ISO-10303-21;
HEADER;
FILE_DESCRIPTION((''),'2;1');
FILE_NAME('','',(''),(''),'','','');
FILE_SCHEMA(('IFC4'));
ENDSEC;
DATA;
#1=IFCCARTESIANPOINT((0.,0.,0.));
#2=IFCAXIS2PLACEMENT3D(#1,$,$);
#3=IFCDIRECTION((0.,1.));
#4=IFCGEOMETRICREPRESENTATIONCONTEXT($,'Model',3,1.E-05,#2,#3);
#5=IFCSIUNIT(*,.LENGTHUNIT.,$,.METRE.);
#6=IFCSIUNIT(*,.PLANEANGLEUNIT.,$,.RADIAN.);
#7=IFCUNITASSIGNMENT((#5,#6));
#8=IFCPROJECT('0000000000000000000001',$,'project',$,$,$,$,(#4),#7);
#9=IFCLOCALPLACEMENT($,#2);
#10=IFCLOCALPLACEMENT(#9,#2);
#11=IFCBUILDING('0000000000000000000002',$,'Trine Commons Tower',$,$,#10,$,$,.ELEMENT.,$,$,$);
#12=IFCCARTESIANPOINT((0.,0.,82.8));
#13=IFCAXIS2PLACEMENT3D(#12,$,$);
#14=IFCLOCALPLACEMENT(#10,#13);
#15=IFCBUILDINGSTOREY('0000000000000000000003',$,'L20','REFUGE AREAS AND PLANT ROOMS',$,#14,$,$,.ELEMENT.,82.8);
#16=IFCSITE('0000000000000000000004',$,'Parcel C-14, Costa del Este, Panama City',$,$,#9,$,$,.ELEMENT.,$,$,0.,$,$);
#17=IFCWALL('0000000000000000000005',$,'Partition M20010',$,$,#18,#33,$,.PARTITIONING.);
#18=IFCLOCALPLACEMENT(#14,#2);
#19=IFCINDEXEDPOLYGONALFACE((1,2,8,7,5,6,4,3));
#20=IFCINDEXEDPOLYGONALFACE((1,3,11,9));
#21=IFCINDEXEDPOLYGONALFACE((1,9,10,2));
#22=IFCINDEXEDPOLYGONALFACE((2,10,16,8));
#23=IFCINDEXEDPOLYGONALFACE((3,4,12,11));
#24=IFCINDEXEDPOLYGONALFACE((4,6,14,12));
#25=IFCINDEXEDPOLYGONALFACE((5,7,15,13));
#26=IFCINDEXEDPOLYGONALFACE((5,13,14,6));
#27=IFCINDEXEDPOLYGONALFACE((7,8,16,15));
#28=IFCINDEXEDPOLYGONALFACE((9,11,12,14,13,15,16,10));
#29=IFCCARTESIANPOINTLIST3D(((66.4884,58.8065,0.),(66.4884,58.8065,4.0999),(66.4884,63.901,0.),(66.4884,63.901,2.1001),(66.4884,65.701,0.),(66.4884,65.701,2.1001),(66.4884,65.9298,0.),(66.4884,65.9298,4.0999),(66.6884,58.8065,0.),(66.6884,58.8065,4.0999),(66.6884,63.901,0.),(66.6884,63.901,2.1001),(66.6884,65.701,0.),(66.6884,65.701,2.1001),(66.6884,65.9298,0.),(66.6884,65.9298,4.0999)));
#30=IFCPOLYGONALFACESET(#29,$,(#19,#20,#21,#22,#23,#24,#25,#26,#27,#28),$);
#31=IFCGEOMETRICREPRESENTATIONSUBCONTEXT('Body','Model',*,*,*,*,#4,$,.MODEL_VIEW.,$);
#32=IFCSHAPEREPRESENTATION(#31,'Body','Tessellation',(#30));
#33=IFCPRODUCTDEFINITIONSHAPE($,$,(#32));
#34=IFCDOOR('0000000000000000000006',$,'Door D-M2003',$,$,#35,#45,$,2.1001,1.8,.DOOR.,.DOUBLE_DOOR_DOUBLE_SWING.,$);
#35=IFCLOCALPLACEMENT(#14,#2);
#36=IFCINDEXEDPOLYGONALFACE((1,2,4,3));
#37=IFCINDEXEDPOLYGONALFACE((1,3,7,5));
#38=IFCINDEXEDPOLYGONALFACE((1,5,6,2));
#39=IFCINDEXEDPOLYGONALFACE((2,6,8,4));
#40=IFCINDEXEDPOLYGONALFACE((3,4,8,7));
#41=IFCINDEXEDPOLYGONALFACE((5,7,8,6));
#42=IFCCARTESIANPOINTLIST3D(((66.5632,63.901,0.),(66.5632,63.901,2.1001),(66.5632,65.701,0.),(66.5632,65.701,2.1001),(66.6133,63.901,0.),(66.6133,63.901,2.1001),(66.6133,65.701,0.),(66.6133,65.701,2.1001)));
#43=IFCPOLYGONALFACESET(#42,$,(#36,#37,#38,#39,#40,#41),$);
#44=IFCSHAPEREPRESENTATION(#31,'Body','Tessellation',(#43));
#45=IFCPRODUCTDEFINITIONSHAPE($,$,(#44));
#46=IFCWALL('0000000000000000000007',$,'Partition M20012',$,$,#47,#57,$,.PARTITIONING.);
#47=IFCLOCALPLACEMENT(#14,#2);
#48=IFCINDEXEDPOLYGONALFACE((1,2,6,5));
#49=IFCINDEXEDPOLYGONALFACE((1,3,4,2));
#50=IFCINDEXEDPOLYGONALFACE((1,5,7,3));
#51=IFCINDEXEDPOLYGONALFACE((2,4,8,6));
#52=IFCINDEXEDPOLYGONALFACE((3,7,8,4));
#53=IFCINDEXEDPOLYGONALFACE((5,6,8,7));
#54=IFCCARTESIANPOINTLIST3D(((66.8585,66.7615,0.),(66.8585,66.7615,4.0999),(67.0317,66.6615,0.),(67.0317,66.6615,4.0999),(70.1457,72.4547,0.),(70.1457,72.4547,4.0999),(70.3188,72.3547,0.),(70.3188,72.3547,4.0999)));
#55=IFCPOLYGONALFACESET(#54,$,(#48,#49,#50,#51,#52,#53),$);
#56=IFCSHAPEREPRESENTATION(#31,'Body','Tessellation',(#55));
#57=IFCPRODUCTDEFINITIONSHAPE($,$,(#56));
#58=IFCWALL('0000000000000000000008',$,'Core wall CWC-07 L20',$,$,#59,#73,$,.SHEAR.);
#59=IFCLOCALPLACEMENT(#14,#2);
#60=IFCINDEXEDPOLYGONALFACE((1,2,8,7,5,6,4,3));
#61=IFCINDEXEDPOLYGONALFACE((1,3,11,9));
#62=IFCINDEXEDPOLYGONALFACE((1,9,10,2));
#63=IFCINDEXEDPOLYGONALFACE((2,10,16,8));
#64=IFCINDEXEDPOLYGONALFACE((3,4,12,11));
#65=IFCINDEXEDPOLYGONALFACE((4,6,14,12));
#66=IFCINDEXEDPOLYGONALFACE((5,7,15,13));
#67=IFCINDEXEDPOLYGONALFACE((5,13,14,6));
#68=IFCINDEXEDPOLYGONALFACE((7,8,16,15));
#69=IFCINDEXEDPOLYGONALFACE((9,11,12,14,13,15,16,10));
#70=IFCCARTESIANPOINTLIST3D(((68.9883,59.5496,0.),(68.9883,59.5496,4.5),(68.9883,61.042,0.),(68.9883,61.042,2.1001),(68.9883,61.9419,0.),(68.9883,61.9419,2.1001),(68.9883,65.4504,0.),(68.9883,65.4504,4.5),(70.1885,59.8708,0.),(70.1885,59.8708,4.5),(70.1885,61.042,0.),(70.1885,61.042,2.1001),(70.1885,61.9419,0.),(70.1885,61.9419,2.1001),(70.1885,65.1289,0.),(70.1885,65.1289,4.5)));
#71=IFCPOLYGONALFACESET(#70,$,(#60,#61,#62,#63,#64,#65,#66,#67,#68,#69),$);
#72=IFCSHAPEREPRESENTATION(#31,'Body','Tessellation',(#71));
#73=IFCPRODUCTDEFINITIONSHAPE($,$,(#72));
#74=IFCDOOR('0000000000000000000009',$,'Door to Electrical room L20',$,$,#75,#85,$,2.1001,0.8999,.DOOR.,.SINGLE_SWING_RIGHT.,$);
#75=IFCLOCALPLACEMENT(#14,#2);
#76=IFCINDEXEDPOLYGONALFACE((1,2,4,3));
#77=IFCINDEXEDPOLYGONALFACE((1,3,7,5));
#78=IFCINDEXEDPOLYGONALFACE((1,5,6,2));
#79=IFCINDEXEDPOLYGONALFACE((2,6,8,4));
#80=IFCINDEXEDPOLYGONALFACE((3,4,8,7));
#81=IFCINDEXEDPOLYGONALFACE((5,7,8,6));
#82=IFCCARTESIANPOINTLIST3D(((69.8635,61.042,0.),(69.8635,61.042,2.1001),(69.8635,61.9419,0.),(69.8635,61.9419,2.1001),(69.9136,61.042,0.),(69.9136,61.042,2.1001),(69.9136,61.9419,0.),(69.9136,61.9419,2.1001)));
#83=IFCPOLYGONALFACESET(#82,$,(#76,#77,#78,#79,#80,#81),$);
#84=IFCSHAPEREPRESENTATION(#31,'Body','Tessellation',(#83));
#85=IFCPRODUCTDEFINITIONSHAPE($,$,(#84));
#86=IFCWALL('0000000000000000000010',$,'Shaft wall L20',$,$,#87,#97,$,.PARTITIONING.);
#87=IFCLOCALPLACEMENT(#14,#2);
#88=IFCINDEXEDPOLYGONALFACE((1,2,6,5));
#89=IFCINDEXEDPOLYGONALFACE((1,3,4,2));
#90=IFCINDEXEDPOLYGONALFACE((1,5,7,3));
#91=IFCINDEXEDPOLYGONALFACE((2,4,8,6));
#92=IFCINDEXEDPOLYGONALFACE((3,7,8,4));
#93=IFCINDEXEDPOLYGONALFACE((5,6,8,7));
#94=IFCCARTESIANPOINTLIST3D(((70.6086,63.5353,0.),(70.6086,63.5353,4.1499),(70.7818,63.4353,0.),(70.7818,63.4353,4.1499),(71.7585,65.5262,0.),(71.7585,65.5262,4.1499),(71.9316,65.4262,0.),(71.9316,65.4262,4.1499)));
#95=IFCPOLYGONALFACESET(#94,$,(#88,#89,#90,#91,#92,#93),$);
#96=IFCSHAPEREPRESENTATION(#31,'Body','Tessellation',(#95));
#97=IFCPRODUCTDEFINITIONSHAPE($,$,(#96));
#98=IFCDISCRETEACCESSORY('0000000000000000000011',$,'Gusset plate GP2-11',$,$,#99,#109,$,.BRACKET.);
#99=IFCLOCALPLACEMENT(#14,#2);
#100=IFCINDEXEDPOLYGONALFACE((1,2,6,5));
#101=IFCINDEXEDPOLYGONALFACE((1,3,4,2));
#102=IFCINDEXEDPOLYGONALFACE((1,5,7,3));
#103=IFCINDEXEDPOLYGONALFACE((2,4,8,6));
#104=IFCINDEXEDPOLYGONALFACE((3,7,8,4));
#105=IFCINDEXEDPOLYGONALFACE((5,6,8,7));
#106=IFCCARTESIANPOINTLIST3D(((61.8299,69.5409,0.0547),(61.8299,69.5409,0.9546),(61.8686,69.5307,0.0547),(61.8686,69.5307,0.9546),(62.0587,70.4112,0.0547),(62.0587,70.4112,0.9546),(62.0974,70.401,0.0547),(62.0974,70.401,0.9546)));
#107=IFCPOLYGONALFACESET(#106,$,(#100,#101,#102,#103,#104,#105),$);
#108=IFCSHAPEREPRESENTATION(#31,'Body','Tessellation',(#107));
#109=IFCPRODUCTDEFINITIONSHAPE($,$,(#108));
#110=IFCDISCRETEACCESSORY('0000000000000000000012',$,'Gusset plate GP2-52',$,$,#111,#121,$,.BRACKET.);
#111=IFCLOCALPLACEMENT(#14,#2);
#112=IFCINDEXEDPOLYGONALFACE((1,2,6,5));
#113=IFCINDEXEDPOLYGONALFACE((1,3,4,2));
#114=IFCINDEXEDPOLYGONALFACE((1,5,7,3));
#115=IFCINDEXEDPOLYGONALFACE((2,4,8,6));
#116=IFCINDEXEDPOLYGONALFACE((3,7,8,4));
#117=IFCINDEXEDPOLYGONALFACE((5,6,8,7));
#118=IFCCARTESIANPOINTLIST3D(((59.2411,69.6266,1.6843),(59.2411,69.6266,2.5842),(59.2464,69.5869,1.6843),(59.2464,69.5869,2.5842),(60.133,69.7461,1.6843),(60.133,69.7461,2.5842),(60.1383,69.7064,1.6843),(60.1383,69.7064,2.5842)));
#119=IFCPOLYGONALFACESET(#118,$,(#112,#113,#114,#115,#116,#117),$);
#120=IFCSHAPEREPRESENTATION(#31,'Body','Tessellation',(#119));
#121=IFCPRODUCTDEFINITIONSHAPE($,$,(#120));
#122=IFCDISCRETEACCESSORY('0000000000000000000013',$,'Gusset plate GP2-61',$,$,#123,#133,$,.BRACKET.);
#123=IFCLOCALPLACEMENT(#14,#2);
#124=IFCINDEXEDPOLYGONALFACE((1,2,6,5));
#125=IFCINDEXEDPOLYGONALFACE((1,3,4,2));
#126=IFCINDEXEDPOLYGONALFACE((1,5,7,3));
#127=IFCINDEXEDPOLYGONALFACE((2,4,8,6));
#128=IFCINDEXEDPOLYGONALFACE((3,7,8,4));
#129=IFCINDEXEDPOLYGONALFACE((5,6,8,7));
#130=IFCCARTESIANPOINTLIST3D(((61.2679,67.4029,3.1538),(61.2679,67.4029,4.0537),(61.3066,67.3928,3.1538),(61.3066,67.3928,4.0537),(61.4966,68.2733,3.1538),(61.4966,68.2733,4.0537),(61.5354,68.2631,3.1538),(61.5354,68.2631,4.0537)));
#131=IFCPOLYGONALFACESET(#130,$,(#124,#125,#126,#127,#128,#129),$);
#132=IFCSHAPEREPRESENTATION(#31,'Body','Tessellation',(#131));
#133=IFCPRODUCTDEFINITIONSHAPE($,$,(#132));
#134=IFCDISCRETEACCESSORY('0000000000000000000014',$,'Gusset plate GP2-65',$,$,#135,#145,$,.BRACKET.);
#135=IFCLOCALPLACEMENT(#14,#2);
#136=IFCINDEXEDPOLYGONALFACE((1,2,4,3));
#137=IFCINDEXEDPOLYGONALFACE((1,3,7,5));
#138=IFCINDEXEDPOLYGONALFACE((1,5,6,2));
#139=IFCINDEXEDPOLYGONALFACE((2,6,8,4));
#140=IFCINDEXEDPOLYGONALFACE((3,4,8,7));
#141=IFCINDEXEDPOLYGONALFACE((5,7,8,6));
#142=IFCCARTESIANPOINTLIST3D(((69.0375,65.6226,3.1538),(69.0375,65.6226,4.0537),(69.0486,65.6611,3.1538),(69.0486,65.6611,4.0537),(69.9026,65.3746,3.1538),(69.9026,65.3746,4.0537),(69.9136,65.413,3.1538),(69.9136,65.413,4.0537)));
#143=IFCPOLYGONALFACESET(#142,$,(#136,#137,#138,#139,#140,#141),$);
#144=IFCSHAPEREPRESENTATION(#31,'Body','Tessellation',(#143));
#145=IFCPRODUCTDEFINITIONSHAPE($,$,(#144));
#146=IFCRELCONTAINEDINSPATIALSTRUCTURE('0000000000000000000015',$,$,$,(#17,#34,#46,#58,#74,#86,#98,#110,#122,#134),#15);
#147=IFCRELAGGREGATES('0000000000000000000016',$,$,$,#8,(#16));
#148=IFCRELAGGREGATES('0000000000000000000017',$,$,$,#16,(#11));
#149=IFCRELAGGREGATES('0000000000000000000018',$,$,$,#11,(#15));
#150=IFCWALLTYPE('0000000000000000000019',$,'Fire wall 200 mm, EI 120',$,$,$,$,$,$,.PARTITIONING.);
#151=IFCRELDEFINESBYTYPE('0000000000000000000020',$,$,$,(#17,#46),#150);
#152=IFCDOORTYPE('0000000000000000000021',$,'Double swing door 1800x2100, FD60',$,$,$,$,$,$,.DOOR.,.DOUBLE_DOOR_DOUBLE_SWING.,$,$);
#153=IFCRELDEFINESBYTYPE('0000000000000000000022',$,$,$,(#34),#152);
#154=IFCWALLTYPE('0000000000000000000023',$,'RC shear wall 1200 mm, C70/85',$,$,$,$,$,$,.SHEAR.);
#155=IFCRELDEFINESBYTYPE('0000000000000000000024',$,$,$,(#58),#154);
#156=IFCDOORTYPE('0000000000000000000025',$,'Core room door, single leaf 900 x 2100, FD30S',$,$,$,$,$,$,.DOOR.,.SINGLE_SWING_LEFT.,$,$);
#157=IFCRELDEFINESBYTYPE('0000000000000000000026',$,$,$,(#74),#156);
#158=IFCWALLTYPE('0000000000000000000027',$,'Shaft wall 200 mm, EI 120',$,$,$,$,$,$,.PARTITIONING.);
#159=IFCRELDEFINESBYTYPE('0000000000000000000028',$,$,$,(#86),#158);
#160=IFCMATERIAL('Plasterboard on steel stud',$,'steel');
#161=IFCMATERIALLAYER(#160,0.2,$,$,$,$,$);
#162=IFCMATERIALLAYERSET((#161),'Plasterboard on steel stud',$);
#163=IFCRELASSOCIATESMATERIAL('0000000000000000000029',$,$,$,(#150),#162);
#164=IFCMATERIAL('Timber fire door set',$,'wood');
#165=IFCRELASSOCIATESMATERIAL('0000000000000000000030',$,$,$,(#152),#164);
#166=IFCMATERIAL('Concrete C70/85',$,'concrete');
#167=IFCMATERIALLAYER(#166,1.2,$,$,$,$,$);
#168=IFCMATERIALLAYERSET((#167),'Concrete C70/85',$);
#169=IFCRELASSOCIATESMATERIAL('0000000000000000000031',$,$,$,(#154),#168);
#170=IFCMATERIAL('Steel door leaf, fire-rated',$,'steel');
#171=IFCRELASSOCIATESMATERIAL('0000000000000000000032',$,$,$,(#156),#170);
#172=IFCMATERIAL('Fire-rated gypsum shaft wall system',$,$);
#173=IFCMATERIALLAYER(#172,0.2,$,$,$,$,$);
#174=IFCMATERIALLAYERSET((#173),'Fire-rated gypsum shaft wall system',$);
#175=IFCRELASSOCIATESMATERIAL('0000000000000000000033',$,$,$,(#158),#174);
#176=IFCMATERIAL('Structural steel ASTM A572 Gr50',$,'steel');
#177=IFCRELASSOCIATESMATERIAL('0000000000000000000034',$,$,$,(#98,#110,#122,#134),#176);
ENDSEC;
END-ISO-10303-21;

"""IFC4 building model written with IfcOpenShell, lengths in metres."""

from ifc_helpers import new_model, si_unit, direction, frame, frame_2d, origin, origin_2d, place, context, subcontext, project, spatial, polyline, rectangle, outline, extrude, material, layer, layer_set, type_object, element, fill, save


model = new_model("IFC4")

# Units and contexts
model_context = context("Model", 3, precision=1e-05, world=origin(), true_north=direction((0.0, 1.0)))
body_context = subcontext(model_context, "Body", "Model", "MODEL_VIEW")
ifc_project = project(units=[si_unit("LENGTHUNIT", "METRE"), si_unit("PLANEANGLEUNIT", "RADIAN")], contexts=[model_context])

# Site, building, storey
site_placement = place(None, origin())
site = spatial("IfcSite", under=ifc_project, at=site_placement, Name="Parcel C-14, Costa del Este, Panama City", CompositionType="ELEMENT", RefElevation=0.0)
building_placement = place(site_placement, origin())
building = spatial("IfcBuilding", under=site, at=building_placement, Name="Trine Commons Tower", CompositionType="ELEMENT")
storey_placement = place(building_placement, frame((0.0, 0.0, 82.8)))
storey = spatial("IfcBuildingStorey", under=building, at=storey_placement, Name="L20", Description="REFUGE AREAS AND PLANT ROOMS", CompositionType="ELEMENT", Elevation=82.8)

# Shared definitions
ifc_material_1 = material(Name="Plasterboard on steel stud", Category="steel")
ifc_layer_1 = layer(ifc_material_1, 0.2)
ifc_layer_set_1 = layer_set([ifc_layer_1], Name="Plasterboard on steel stud")
wall_type_1 = type_object("IfcWallType", Name="Fire wall 200 mm, EI 120", PredefinedType="PARTITIONING", material=ifc_layer_set_1)

# Wall, opening, door
wall_1_placement = place(storey_placement, frame((66.5884, 65.9297, 0.0), z_axis=(0.0, 0.0, 1.0), x_axis=(0.0, -1.0, 0.0)))
wall_1 = element("IfcWall", 1, at=wall_1_placement, inside=storey, type_object=wall_type_1, Name="Partition M20010", PredefinedType="PARTITIONING", context=body_context, shape_type="SweptSolid", body=[
    extrude(rectangle(XDim=7.1233, YDim=0.2, at=frame_2d((3.5615, 0.0))), origin(), (0.0, 0.0, 1.0), 4.0999),
])
opening_1_placement = place(wall_1_placement, frame((0.2288, 0.0, 0.0)))
opening_1 = element("IfcOpeningElement", 2, at=opening_1_placement, cuts=wall_1, PredefinedType="OPENING", context=body_context, shape_type="SweptSolid", body=[
    extrude(rectangle(XDim=1.8, YDim=2.1001, at=frame_2d((0.8999, 1.05))), frame((0.0, 0.1099, 0.0), z_axis=(0.0, -1.0, 0.0), x_axis=(1.0, 0.0, 0.0)), (0.0, 0.0, 1.0), 0.22),
])
ifc_material_2 = material(Name="Timber fire door set", Category="wood")
door_type_1 = type_object("IfcDoorType", Name="Double swing door 1800x2100, FD60", OperationType="DOUBLE_DOOR_DOUBLE_SWING", PredefinedType="DOOR", material=ifc_material_2)
door_1_placement = place(opening_1_placement, origin())
door_1 = element("IfcDoor", 3, at=door_1_placement, inside=storey, type_object=door_type_1, Name="Door D-M2003", OperationType="DOUBLE_DOOR_DOUBLE_SWING", OverallHeight=2.1001, OverallWidth=1.8, PredefinedType="DOOR", context=body_context, shape_type="SweptSolid", body=[
    extrude(rectangle(XDim=1.8, YDim=2.1001, at=frame_2d((0.8999, 1.05))), frame((0.0, 0.0249, 0.0), z_axis=(0.0, -1.0, 0.0), x_axis=(1.0, 0.0, 0.0)), (0.0, 0.0, 1.0), 0.05),
])
fill(opening_1, door_1)

# Wall
wall_2_placement = place(storey_placement, frame((66.9451, 66.7114, 0.0), z_axis=(0.0, 0.0, 1.0), x_axis=(0.500021, 0.866013, 0.0)))
element("IfcWall", 4, at=wall_2_placement, inside=storey, type_object=wall_type_1, Name="Partition M20012", PredefinedType="PARTITIONING", context=body_context, shape_type="SweptSolid", body=[
    extrude(rectangle(XDim=6.574, YDim=0.2, at=frame_2d((3.2871, 0.0))), origin(), (0.0, 0.0, 1.0), 4.0999),
])

# Wall, opening, door
ifc_material_3 = material(Name="Concrete C70/85", Category="concrete")
ifc_layer_2 = layer(ifc_material_3, 1.2)
ifc_layer_set_2 = layer_set([ifc_layer_2], Name="Concrete C70/85")
wall_type_2 = type_object("IfcWallType", Name="RC shear wall 1200 mm, C70/85", PredefinedType="SHEAR", material=ifc_layer_set_2)
wall_3_placement = place(storey_placement, frame((69.5884, 65.4504, 0.0), z_axis=(0.0, 0.0, 1.0), x_axis=(0.0, -1.0, 0.0)))
wall_3 = element("IfcWall", 5, at=wall_3_placement, inside=storey, type_object=wall_type_2, Name="Core wall CWC-07 L20", PredefinedType="SHEAR", context=body_context, shape_type="SweptSolid", body=[
    extrude(outline(polyline([(0.0, -0.6001), (5.9009, -0.6001), (5.5796, 0.6001), (0.3215, 0.6001), (0.0, -0.6001)])), origin(), (0.0, 0.0, 1.0), 4.5),
])
opening_2_placement = place(wall_3_placement, frame((3.5085, 0.0, 0.0)))
opening_2 = element("IfcOpeningElement", 6, at=opening_2_placement, cuts=wall_3, PredefinedType="OPENING", context=body_context, shape_type="SweptSolid", body=[
    extrude(rectangle(XDim=0.8999, YDim=2.1001, at=frame_2d((0.45, 1.05))), frame((0.0, 0.6099, 0.0), z_axis=(0.0, -1.0, 0.0), x_axis=(1.0, 0.0, 0.0)), (0.0, 0.0, 1.0), 1.22),
])
ifc_material_4 = material(Name="Steel door leaf, fire-rated", Category="steel")
door_type_2 = type_object("IfcDoorType", Name="Core room door, single leaf 900 x 2100, FD30S", OperationType="SINGLE_SWING_LEFT", PredefinedType="DOOR", material=ifc_material_4)
door_2_placement = place(opening_2_placement, origin())
door_2 = element("IfcDoor", 7, at=door_2_placement, inside=storey, type_object=door_type_2, Name="Door to Electrical room L20", OperationType="SINGLE_SWING_RIGHT", OverallHeight=2.1001, OverallWidth=0.8999, PredefinedType="DOOR", context=body_context, shape_type="SweptSolid", body=[
    extrude(rectangle(XDim=0.8999, YDim=2.1001, at=frame_2d((0.45, 1.05))), frame((0.0, 0.3252, 0.0), z_axis=(0.0, -1.0, 0.0), x_axis=(1.0, 0.0, 0.0)), (0.0, 0.0, 1.0), 0.05),
])
fill(opening_2, door_2)

# Wall
ifc_material_5 = material(Name="Fire-rated gypsum shaft wall system")
ifc_layer_3 = layer(ifc_material_5, 0.2)
ifc_layer_set_3 = layer_set([ifc_layer_3], Name="Fire-rated gypsum shaft wall system")
wall_type_3 = type_object("IfcWallType", Name="Shaft wall 200 mm, EI 120", PredefinedType="PARTITIONING", material=ifc_layer_set_3)
wall_4_placement = place(storey_placement, frame((71.845, 65.4761, 0.0), z_axis=(0.0, 0.0, 1.0), x_axis=(-0.500136, -0.865947, 0.0)))
element("IfcWall", 8, at=wall_4_placement, inside=storey, type_object=wall_type_3, Name="Shaft wall L20", PredefinedType="PARTITIONING", context=body_context, shape_type="SweptSolid", body=[
    extrude(rectangle(XDim=2.2991, YDim=0.2, at=frame_2d((1.1494, 0.0))), origin(), (0.0, 0.0, 1.0), 4.1499),
])

# Discrete accessories
ifc_material_6 = material(Name="Structural steel ASTM A572 Gr50", Category="steel")
for number, where, z_axis, x_axis, name in (
    (9, (61.9636, 69.9709, 0.0547), (0.0, 0.0, 1.0), (-0.254231, -0.967144, 0.0), "Gusset plate GP2-11"),
    (10, (59.6897, 69.6665, 1.6843), (0.0, 0.0, 1.0), (-0.991153, -0.132723, 0.0), "Gusset plate GP2-52"),
    (11, (61.4016, 67.833, 3.1538), (0.0, 0.0, 1.0), (-0.254231, -0.967144, 0.0), "Gusset plate GP2-61"),
    (12, (69.4756, 65.5178, 3.1538), (0.0, 0.0, 1.0), (-0.961262, 0.275637, 0.0), "Gusset plate GP2-65"),
):
    element("IfcDiscreteAccessory", number, at=place(storey_placement, frame(where, z_axis=z_axis, x_axis=x_axis)), inside=storey, material=ifc_material_6, Name=name, PredefinedType="BRACKET", context=body_context, shape_type="SweptSolid", body=[
        extrude(rectangle(XDim=0.8999, YDim=0.04, at=origin_2d()), origin(), (0.0, 0.0, 1.0), 0.8999),
    ])

save(model, "model.ifc")
